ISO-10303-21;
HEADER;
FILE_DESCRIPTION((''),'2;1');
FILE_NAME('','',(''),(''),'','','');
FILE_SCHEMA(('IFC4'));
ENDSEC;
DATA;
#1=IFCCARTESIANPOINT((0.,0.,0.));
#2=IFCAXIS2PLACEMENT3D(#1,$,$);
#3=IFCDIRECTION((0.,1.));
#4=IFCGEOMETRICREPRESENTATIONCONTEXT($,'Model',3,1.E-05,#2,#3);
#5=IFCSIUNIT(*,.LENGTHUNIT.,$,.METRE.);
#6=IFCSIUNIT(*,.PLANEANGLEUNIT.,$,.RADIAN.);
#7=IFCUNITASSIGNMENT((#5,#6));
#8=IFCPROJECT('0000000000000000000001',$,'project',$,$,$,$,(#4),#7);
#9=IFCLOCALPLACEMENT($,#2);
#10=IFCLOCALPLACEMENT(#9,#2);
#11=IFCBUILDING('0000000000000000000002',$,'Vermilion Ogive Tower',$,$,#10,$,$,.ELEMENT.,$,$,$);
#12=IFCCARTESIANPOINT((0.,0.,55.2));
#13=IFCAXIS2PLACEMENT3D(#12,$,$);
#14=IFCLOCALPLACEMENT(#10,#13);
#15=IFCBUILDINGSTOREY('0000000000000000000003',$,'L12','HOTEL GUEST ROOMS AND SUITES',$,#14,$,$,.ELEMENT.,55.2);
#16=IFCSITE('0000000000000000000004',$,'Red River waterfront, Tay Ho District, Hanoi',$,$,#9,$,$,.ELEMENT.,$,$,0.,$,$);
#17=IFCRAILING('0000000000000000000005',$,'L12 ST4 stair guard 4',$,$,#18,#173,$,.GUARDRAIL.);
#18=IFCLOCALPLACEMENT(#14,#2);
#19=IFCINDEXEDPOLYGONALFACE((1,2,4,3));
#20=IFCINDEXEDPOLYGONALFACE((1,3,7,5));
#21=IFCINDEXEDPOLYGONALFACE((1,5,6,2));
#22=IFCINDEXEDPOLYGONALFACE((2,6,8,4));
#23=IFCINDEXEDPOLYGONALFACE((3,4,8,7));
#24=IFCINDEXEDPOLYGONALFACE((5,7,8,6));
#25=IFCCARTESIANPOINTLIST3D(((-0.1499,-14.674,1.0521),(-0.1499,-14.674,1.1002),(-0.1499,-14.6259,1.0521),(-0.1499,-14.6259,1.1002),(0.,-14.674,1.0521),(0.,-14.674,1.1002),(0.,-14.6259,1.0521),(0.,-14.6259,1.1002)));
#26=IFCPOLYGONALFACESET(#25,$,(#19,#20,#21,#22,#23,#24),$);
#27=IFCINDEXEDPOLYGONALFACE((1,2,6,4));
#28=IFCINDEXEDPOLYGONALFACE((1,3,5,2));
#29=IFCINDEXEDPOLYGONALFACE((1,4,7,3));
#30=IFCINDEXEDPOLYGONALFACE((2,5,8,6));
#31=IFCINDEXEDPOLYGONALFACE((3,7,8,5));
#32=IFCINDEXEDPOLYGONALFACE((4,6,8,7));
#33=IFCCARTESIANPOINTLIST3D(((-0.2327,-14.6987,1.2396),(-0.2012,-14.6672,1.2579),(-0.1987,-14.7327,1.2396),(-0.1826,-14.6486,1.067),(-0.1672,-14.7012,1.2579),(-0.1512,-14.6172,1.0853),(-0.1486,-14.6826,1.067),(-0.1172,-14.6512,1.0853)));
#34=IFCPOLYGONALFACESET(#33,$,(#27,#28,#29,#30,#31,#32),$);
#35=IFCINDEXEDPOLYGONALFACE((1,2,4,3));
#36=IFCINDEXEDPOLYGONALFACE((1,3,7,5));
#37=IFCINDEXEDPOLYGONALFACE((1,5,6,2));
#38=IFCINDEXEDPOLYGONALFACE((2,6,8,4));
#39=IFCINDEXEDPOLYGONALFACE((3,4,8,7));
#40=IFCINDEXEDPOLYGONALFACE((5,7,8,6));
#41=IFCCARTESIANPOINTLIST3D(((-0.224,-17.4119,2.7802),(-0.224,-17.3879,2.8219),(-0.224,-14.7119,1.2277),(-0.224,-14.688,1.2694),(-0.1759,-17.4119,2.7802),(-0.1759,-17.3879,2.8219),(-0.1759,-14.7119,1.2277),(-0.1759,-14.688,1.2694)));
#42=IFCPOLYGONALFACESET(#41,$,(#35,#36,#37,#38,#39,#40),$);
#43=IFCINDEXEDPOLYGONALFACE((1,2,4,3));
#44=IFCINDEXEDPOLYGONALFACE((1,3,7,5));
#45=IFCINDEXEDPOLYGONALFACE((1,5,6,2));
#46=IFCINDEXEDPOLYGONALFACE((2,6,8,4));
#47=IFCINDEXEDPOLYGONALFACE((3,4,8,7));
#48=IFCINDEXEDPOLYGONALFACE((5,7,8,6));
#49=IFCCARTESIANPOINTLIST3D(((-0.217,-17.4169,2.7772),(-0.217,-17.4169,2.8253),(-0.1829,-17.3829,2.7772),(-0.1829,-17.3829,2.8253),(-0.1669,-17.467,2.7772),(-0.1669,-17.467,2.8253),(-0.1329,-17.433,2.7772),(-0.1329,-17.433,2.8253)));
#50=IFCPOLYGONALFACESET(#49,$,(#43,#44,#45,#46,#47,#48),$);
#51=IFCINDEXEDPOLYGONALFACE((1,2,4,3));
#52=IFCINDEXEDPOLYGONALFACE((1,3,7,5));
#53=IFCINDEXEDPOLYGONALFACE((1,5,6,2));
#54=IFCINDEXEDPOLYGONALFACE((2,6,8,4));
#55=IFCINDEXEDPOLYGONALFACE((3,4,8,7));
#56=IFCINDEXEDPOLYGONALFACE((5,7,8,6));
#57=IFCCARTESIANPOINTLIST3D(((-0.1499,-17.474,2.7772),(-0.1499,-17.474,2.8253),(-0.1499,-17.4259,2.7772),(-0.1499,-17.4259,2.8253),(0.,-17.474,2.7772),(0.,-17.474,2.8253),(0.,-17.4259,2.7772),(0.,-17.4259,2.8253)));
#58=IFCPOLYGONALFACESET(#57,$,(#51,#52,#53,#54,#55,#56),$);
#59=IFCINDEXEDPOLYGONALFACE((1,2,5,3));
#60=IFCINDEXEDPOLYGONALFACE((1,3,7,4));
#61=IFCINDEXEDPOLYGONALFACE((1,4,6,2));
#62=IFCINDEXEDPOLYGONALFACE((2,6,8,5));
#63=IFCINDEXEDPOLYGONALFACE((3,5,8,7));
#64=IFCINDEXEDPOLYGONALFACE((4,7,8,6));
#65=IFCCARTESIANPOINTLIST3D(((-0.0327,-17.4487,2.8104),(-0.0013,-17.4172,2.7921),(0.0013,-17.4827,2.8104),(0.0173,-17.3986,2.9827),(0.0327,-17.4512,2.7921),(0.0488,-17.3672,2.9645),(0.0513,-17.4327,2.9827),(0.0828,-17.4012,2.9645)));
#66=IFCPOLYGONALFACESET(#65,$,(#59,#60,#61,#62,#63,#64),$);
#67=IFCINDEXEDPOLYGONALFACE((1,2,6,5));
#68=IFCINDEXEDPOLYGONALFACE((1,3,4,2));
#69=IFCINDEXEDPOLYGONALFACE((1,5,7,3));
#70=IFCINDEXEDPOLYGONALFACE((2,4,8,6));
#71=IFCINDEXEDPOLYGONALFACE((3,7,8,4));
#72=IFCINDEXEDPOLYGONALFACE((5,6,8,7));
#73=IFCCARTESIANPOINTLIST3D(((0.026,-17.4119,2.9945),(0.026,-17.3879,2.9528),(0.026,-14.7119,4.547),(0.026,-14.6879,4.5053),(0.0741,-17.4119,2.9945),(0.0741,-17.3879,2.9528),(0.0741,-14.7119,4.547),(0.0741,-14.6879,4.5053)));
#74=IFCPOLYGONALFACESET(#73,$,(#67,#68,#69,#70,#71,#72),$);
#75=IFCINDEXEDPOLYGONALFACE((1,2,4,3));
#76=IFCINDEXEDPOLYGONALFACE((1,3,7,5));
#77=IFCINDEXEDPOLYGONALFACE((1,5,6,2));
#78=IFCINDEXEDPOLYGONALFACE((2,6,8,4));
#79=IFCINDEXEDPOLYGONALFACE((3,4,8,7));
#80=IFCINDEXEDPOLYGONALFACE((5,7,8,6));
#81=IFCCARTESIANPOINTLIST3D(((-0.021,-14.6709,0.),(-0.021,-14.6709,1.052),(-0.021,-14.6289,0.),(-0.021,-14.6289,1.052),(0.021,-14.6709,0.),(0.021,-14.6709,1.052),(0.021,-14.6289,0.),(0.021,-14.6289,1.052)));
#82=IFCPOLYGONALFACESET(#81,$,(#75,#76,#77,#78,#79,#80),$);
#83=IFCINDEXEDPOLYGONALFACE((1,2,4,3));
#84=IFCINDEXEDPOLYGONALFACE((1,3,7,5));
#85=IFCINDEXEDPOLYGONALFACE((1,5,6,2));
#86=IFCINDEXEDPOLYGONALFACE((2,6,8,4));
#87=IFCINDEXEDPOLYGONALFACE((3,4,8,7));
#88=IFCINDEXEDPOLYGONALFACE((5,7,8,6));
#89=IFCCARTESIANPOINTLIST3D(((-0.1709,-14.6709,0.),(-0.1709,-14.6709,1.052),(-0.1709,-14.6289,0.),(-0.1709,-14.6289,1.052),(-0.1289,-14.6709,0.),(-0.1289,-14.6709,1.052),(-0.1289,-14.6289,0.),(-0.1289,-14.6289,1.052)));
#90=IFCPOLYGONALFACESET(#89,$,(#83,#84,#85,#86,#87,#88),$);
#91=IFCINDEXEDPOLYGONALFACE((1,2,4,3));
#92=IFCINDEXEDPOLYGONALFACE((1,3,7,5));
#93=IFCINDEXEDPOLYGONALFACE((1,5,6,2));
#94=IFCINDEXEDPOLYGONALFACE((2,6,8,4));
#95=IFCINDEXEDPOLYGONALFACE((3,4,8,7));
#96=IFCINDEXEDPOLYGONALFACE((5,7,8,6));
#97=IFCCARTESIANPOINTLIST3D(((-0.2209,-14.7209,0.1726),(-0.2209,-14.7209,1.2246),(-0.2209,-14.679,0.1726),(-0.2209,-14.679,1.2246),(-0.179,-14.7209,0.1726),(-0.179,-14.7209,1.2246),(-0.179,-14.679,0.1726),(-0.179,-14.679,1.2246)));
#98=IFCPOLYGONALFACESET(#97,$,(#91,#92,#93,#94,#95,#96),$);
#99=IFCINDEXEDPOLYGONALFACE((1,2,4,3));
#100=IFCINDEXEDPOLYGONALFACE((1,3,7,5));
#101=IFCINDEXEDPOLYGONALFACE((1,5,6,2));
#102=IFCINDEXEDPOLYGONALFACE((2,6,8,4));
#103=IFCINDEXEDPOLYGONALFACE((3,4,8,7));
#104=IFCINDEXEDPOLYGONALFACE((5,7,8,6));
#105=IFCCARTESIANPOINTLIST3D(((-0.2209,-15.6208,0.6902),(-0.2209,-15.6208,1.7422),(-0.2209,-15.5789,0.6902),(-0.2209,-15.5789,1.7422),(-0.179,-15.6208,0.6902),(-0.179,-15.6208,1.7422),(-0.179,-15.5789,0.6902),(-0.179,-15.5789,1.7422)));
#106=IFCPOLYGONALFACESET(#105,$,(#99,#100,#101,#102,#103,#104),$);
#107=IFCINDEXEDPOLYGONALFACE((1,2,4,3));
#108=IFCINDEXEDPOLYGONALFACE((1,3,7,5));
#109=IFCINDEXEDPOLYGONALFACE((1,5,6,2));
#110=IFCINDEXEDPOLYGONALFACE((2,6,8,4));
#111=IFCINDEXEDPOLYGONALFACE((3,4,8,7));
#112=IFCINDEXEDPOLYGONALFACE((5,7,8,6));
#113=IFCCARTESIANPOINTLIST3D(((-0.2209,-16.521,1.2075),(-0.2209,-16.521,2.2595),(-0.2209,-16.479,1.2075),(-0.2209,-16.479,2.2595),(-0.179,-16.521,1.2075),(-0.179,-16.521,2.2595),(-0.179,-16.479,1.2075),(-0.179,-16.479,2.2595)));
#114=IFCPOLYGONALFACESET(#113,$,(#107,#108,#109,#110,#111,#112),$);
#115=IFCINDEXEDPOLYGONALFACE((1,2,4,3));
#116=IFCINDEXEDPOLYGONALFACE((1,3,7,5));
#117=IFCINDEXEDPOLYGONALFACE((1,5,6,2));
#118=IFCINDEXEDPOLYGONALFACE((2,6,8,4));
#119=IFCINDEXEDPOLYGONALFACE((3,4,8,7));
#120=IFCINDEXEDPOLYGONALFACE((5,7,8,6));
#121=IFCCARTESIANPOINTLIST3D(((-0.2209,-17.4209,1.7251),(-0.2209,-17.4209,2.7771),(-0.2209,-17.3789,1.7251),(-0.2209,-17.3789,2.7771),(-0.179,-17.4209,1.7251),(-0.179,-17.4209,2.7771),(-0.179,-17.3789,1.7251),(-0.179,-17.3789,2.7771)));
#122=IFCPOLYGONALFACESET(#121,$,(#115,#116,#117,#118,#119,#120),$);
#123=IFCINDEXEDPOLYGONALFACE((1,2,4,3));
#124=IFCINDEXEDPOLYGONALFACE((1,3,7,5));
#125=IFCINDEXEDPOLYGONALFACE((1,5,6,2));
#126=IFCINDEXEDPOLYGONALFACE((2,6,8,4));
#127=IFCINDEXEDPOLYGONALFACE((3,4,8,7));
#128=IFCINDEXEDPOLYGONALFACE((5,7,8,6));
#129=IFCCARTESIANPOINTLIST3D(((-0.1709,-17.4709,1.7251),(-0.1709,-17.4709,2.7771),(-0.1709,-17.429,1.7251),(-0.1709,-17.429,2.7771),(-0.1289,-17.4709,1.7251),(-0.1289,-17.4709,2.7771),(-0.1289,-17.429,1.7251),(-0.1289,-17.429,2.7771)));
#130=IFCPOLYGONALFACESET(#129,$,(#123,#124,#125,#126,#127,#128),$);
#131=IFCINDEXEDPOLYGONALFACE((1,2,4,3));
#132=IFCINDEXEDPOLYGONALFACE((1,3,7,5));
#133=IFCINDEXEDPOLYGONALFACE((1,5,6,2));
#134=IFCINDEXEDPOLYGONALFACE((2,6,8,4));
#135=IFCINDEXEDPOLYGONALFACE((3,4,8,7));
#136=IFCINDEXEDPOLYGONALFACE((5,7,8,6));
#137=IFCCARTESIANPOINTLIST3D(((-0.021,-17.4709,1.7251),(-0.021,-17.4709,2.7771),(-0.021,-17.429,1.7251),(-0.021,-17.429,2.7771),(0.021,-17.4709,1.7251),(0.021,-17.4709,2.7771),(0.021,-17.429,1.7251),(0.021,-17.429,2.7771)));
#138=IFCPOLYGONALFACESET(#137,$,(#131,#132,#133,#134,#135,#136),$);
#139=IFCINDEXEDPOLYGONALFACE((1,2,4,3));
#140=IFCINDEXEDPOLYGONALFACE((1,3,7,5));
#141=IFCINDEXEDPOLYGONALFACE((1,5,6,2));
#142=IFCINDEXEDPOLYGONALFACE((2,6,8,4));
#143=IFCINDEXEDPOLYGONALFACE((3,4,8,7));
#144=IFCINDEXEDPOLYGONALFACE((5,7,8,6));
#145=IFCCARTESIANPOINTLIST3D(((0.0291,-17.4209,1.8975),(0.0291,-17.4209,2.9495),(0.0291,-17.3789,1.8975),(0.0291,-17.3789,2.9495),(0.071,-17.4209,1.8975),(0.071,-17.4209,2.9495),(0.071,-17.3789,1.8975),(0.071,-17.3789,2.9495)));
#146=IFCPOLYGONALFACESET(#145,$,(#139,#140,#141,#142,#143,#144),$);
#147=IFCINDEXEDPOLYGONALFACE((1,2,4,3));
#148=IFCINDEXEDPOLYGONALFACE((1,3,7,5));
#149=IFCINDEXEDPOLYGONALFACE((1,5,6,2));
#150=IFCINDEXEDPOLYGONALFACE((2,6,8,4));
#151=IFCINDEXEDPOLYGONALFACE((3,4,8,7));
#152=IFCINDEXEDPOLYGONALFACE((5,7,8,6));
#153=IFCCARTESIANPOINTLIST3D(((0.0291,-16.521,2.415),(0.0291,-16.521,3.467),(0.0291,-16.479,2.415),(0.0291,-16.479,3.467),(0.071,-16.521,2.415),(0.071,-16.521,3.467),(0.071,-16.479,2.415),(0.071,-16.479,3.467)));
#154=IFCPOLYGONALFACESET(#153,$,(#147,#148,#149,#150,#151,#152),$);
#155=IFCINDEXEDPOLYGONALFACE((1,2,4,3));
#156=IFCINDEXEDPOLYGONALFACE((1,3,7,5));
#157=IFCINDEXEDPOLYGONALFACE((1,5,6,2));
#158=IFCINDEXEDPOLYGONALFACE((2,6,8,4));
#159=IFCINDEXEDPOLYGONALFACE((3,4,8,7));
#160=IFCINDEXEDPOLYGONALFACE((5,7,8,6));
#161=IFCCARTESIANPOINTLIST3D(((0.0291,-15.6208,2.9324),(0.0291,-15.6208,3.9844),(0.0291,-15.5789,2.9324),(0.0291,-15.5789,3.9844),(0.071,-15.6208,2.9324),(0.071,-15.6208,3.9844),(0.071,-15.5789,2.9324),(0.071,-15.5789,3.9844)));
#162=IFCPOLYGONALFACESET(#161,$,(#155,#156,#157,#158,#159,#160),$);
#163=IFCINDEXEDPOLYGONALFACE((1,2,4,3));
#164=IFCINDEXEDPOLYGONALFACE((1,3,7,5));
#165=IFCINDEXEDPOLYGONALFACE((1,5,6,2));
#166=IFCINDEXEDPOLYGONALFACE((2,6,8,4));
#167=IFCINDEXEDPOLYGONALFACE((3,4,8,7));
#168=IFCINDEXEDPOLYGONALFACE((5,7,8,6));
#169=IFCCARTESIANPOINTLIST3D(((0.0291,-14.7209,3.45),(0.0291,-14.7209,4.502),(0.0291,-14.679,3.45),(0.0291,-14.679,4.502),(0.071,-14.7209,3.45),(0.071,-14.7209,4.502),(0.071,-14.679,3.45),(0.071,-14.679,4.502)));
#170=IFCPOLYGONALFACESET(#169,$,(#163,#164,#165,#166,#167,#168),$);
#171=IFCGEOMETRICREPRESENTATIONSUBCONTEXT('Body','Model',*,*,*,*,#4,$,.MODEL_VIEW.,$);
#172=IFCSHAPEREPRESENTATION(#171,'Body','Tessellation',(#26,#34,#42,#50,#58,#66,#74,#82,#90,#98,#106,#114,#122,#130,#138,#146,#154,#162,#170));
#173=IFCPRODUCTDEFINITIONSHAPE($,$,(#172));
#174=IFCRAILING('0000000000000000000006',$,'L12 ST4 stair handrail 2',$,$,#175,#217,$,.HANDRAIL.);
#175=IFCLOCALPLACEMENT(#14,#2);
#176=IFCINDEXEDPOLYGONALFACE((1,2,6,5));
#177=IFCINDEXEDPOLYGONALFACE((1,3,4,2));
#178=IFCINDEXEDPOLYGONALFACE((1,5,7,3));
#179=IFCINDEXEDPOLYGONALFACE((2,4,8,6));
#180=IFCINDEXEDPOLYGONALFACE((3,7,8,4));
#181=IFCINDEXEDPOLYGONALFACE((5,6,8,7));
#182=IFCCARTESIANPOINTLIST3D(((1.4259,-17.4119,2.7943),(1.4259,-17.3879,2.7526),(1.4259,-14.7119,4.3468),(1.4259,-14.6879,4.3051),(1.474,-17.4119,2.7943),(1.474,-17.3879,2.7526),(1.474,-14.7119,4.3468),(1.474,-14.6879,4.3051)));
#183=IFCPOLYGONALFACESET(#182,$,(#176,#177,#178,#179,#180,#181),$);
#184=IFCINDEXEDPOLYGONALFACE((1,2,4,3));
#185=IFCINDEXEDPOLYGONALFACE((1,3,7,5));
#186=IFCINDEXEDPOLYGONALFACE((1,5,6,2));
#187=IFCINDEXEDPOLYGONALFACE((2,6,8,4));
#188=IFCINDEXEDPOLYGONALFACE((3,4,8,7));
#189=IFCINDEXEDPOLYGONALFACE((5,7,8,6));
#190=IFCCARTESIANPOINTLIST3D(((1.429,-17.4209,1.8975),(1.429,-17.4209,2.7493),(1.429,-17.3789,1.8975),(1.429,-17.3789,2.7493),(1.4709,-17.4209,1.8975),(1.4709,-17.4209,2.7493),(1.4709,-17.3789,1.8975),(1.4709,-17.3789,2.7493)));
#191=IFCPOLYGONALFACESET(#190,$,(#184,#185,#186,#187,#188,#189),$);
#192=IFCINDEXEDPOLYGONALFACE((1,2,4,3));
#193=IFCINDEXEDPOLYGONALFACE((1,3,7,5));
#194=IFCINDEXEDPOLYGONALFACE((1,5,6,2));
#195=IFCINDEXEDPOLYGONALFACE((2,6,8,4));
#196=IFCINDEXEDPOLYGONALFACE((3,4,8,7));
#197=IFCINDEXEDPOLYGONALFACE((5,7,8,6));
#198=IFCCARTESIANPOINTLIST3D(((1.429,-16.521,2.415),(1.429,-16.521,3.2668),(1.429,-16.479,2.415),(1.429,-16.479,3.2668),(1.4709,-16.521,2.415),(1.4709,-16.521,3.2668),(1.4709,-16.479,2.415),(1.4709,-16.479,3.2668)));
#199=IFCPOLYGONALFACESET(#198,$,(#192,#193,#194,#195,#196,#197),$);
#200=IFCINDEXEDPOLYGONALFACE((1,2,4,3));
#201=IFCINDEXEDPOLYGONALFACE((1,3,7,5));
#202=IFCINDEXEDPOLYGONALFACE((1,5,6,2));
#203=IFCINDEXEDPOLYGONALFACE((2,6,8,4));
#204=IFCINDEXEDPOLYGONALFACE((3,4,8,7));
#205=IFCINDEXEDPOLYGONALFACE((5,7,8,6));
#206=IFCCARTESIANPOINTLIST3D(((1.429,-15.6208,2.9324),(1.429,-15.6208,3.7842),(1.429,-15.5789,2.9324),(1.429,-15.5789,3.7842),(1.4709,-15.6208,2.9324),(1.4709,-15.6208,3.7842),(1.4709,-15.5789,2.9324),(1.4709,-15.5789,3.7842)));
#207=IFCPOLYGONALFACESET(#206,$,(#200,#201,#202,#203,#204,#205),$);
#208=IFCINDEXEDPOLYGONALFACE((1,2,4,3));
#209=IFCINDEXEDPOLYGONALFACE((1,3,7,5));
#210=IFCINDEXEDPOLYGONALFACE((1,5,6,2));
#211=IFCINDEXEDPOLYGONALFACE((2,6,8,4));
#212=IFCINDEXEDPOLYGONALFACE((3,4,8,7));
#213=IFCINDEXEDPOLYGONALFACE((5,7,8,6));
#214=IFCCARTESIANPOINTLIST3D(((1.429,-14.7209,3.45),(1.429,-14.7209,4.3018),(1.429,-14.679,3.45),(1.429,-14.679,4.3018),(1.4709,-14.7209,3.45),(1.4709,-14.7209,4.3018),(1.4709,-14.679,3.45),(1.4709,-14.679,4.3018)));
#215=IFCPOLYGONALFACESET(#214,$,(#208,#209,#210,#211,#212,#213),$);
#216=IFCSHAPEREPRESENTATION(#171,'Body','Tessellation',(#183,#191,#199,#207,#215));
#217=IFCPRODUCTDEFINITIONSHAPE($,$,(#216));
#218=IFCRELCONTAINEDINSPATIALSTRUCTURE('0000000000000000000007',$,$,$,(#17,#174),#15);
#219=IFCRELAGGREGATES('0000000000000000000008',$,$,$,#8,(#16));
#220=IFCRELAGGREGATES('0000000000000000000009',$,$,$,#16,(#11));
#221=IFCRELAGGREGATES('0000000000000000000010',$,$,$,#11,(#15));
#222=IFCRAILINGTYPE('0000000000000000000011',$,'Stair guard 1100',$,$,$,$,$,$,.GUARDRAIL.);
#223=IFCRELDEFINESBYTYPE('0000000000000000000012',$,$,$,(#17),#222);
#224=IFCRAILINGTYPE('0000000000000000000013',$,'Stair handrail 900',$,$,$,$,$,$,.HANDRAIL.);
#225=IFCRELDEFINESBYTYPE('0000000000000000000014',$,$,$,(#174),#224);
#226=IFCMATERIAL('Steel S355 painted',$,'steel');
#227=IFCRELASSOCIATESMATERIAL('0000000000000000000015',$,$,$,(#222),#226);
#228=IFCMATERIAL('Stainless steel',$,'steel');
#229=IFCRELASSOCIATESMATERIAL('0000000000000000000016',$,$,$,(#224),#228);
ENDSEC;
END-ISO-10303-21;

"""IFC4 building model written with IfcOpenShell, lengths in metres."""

from ifc_helpers import new_model, si_unit, direction, frame, origin, origin_2d, place, context, subcontext, project, spatial, rectangle, extrude, material, type_object, element, save


model = new_model("IFC4")

# Units and contexts
model_context = context("Model", 3, precision=1e-05, world=origin(), true_north=direction((0.0, 1.0)))
body_context = subcontext(model_context, "Body", "Model", "MODEL_VIEW")
ifc_project = project(units=[si_unit("LENGTHUNIT", "METRE"), si_unit("PLANEANGLEUNIT", "RADIAN")], contexts=[model_context])

# Site, building, storey
site_placement = place(None, origin())
site = spatial("IfcSite", under=ifc_project, at=site_placement, Name="Red River waterfront, Tay Ho District, Hanoi", CompositionType="ELEMENT", RefElevation=0.0)
building_placement = place(site_placement, origin())
building = spatial("IfcBuilding", under=site, at=building_placement, Name="Vermilion Ogive Tower", CompositionType="ELEMENT")
storey_placement = place(building_placement, frame((0.0, 0.0, 55.2)))
storey = spatial("IfcBuildingStorey", under=building, at=storey_placement, Name="L12", Description="HOTEL GUEST ROOMS AND SUITES", CompositionType="ELEMENT", Elevation=55.2)

# Railings
ifc_material_1 = material(Name="Steel S355 painted", Category="steel")
railing_type_1 = type_object("IfcRailingType", Name="Stair guard 1100", PredefinedType="GUARDRAIL", material=ifc_material_1)
railing_1_placement = place(storey_placement, frame((0.0, -14.6499, 0.0)))
element("IfcRailing", 1, at=railing_1_placement, inside=storey, type_object=railing_type_1, Name="L12 ST4 stair guard 4", PredefinedType="GUARDRAIL", context=body_context, shape_type="SweptSolid", body=[
    extrude(rectangle(XDim=0.0481, YDim=0.0481, at=origin_2d()), frame((0.0, 0.0, 1.0762), z_axis=(-1.0, 0.0, 0.0), x_axis=(0.0, -1.0, 0.0)), (0.0, 0.0, 1.0), 0.1499),
    extrude(rectangle(XDim=0.0481, YDim=0.0481, at=origin_2d()), frame((-0.1499, 0.0, 1.0762), z_axis=(-0.268278, -0.268278, 0.925232), x_axis=(0.707107, -0.707107, 0.0)), (0.0, 0.0, 1.0), 0.1865),
    extrude(rectangle(XDim=0.0481, YDim=0.0481, at=origin_2d()), frame((-0.2, -0.05, 1.2485), z_axis=(0.0, -0.866904, 0.498476), x_axis=(1.0, 0.0, 0.0)), (0.0, 0.0, 1.0), 3.1145),
    extrude(rectangle(XDim=0.0481, YDim=0.0481, at=origin_2d()), frame((-0.2, -2.75, 2.8013), z_axis=(0.707107, -0.707107, 0.0), x_axis=(0.707107, 0.707107, 0.0)), (0.0, 0.0, 1.0), 0.0708),
    extrude(rectangle(XDim=0.0481, YDim=0.0481, at=origin_2d()), frame((-0.1499, -2.8, 2.8013), z_axis=(1.0, 0.0, 0.0), x_axis=(0.0, 1.0, 0.0)), (0.0, 0.0, 1.0), 0.1499),
    extrude(rectangle(XDim=0.0481, YDim=0.0481, at=origin_2d()), frame((0.0, -2.8, 2.8013), z_axis=(0.268603, 0.268603, 0.925043), x_axis=(-0.707107, 0.707107, 0.0)), (0.0, 0.0, 1.0), 0.1863),
    extrude(rectangle(XDim=0.0481, YDim=0.0481, at=origin_2d()), frame((0.05, -2.75, 2.9736), z_axis=(0.0, 0.866904, 0.498476), x_axis=(-1.0, 0.0, 0.0)), (0.0, 0.0, 1.0), 3.1145),
    extrude(rectangle(XDim=0.042, YDim=0.042, at=origin_2d()), origin(), (0.0, 0.0, 1.0), 1.052),
    extrude(rectangle(XDim=0.042, YDim=0.042, at=origin_2d()), frame((-0.1499, 0.0, 0.0)), (0.0, 0.0, 1.0), 1.052),
    extrude(rectangle(XDim=0.042, YDim=0.042, at=origin_2d()), frame((-0.2, -0.05, 0.1726)), (0.0, 0.0, 1.0), 1.052),
    extrude(rectangle(XDim=0.042, YDim=0.042, at=origin_2d()), frame((-0.2, -0.95, 0.6902)), (0.0, 0.0, 1.0), 1.052),
    extrude(rectangle(XDim=0.042, YDim=0.042, at=origin_2d()), frame((-0.2, -1.8501, 1.2075)), (0.0, 0.0, 1.0), 1.052),
    extrude(rectangle(XDim=0.042, YDim=0.042, at=origin_2d()), frame((-0.2, -2.75, 1.7251)), (0.0, 0.0, 1.0), 1.052),
    extrude(rectangle(XDim=0.042, YDim=0.042, at=origin_2d()), frame((-0.1499, -2.8, 1.7251)), (0.0, 0.0, 1.0), 1.052),
    extrude(rectangle(XDim=0.042, YDim=0.042, at=origin_2d()), frame((0.0, -2.8, 1.7251)), (0.0, 0.0, 1.0), 1.052),
    extrude(rectangle(XDim=0.042, YDim=0.042, at=origin_2d()), frame((0.05, -2.75, 1.8975)), (0.0, 0.0, 1.0), 1.052),
    extrude(rectangle(XDim=0.042, YDim=0.042, at=origin_2d()), frame((0.05, -1.8501, 2.415)), (0.0, 0.0, 1.0), 1.052),
    extrude(rectangle(XDim=0.042, YDim=0.042, at=origin_2d()), frame((0.05, -0.95, 2.9324)), (0.0, 0.0, 1.0), 1.052),
    extrude(rectangle(XDim=0.042, YDim=0.042, at=origin_2d()), frame((0.05, -0.05, 3.45)), (0.0, 0.0, 1.0), 1.052),
])
ifc_material_2 = material(Name="Stainless steel", Category="steel")
railing_type_2 = type_object("IfcRailingType", Name="Stair handrail 900", PredefinedType="HANDRAIL", material=ifc_material_2)
railing_2_placement = place(storey_placement, frame((1.45, -17.3999, 1.8975)))
element("IfcRailing", 2, at=railing_2_placement, inside=storey, type_object=railing_type_2, Name="L12 ST4 stair handrail 2", PredefinedType="HANDRAIL", context=body_context, shape_type="SweptSolid", body=[
    extrude(rectangle(XDim=0.0481, YDim=0.0481, at=origin_2d()), frame((0.0, 0.0, 0.876), z_axis=(0.0, 0.866904, 0.498476), x_axis=(-1.0, 0.0, 0.0)), (0.0, 0.0, 1.0), 3.1145),
    extrude(rectangle(XDim=0.042, YDim=0.042, at=origin_2d()), origin(), (0.0, 0.0, 1.0), 0.8518),
    extrude(rectangle(XDim=0.042, YDim=0.042, at=origin_2d()), frame((0.0, 0.8999, 0.5176)), (0.0, 0.0, 1.0), 0.8518),
    extrude(rectangle(XDim=0.042, YDim=0.042, at=origin_2d()), frame((0.0, 1.8, 1.0349)), (0.0, 0.0, 1.0), 0.8518),
    extrude(rectangle(XDim=0.042, YDim=0.042, at=origin_2d()), frame((0.0, 2.7, 1.5525)), (0.0, 0.0, 1.0), 0.8518),
])

save(model, "model.ifc")
